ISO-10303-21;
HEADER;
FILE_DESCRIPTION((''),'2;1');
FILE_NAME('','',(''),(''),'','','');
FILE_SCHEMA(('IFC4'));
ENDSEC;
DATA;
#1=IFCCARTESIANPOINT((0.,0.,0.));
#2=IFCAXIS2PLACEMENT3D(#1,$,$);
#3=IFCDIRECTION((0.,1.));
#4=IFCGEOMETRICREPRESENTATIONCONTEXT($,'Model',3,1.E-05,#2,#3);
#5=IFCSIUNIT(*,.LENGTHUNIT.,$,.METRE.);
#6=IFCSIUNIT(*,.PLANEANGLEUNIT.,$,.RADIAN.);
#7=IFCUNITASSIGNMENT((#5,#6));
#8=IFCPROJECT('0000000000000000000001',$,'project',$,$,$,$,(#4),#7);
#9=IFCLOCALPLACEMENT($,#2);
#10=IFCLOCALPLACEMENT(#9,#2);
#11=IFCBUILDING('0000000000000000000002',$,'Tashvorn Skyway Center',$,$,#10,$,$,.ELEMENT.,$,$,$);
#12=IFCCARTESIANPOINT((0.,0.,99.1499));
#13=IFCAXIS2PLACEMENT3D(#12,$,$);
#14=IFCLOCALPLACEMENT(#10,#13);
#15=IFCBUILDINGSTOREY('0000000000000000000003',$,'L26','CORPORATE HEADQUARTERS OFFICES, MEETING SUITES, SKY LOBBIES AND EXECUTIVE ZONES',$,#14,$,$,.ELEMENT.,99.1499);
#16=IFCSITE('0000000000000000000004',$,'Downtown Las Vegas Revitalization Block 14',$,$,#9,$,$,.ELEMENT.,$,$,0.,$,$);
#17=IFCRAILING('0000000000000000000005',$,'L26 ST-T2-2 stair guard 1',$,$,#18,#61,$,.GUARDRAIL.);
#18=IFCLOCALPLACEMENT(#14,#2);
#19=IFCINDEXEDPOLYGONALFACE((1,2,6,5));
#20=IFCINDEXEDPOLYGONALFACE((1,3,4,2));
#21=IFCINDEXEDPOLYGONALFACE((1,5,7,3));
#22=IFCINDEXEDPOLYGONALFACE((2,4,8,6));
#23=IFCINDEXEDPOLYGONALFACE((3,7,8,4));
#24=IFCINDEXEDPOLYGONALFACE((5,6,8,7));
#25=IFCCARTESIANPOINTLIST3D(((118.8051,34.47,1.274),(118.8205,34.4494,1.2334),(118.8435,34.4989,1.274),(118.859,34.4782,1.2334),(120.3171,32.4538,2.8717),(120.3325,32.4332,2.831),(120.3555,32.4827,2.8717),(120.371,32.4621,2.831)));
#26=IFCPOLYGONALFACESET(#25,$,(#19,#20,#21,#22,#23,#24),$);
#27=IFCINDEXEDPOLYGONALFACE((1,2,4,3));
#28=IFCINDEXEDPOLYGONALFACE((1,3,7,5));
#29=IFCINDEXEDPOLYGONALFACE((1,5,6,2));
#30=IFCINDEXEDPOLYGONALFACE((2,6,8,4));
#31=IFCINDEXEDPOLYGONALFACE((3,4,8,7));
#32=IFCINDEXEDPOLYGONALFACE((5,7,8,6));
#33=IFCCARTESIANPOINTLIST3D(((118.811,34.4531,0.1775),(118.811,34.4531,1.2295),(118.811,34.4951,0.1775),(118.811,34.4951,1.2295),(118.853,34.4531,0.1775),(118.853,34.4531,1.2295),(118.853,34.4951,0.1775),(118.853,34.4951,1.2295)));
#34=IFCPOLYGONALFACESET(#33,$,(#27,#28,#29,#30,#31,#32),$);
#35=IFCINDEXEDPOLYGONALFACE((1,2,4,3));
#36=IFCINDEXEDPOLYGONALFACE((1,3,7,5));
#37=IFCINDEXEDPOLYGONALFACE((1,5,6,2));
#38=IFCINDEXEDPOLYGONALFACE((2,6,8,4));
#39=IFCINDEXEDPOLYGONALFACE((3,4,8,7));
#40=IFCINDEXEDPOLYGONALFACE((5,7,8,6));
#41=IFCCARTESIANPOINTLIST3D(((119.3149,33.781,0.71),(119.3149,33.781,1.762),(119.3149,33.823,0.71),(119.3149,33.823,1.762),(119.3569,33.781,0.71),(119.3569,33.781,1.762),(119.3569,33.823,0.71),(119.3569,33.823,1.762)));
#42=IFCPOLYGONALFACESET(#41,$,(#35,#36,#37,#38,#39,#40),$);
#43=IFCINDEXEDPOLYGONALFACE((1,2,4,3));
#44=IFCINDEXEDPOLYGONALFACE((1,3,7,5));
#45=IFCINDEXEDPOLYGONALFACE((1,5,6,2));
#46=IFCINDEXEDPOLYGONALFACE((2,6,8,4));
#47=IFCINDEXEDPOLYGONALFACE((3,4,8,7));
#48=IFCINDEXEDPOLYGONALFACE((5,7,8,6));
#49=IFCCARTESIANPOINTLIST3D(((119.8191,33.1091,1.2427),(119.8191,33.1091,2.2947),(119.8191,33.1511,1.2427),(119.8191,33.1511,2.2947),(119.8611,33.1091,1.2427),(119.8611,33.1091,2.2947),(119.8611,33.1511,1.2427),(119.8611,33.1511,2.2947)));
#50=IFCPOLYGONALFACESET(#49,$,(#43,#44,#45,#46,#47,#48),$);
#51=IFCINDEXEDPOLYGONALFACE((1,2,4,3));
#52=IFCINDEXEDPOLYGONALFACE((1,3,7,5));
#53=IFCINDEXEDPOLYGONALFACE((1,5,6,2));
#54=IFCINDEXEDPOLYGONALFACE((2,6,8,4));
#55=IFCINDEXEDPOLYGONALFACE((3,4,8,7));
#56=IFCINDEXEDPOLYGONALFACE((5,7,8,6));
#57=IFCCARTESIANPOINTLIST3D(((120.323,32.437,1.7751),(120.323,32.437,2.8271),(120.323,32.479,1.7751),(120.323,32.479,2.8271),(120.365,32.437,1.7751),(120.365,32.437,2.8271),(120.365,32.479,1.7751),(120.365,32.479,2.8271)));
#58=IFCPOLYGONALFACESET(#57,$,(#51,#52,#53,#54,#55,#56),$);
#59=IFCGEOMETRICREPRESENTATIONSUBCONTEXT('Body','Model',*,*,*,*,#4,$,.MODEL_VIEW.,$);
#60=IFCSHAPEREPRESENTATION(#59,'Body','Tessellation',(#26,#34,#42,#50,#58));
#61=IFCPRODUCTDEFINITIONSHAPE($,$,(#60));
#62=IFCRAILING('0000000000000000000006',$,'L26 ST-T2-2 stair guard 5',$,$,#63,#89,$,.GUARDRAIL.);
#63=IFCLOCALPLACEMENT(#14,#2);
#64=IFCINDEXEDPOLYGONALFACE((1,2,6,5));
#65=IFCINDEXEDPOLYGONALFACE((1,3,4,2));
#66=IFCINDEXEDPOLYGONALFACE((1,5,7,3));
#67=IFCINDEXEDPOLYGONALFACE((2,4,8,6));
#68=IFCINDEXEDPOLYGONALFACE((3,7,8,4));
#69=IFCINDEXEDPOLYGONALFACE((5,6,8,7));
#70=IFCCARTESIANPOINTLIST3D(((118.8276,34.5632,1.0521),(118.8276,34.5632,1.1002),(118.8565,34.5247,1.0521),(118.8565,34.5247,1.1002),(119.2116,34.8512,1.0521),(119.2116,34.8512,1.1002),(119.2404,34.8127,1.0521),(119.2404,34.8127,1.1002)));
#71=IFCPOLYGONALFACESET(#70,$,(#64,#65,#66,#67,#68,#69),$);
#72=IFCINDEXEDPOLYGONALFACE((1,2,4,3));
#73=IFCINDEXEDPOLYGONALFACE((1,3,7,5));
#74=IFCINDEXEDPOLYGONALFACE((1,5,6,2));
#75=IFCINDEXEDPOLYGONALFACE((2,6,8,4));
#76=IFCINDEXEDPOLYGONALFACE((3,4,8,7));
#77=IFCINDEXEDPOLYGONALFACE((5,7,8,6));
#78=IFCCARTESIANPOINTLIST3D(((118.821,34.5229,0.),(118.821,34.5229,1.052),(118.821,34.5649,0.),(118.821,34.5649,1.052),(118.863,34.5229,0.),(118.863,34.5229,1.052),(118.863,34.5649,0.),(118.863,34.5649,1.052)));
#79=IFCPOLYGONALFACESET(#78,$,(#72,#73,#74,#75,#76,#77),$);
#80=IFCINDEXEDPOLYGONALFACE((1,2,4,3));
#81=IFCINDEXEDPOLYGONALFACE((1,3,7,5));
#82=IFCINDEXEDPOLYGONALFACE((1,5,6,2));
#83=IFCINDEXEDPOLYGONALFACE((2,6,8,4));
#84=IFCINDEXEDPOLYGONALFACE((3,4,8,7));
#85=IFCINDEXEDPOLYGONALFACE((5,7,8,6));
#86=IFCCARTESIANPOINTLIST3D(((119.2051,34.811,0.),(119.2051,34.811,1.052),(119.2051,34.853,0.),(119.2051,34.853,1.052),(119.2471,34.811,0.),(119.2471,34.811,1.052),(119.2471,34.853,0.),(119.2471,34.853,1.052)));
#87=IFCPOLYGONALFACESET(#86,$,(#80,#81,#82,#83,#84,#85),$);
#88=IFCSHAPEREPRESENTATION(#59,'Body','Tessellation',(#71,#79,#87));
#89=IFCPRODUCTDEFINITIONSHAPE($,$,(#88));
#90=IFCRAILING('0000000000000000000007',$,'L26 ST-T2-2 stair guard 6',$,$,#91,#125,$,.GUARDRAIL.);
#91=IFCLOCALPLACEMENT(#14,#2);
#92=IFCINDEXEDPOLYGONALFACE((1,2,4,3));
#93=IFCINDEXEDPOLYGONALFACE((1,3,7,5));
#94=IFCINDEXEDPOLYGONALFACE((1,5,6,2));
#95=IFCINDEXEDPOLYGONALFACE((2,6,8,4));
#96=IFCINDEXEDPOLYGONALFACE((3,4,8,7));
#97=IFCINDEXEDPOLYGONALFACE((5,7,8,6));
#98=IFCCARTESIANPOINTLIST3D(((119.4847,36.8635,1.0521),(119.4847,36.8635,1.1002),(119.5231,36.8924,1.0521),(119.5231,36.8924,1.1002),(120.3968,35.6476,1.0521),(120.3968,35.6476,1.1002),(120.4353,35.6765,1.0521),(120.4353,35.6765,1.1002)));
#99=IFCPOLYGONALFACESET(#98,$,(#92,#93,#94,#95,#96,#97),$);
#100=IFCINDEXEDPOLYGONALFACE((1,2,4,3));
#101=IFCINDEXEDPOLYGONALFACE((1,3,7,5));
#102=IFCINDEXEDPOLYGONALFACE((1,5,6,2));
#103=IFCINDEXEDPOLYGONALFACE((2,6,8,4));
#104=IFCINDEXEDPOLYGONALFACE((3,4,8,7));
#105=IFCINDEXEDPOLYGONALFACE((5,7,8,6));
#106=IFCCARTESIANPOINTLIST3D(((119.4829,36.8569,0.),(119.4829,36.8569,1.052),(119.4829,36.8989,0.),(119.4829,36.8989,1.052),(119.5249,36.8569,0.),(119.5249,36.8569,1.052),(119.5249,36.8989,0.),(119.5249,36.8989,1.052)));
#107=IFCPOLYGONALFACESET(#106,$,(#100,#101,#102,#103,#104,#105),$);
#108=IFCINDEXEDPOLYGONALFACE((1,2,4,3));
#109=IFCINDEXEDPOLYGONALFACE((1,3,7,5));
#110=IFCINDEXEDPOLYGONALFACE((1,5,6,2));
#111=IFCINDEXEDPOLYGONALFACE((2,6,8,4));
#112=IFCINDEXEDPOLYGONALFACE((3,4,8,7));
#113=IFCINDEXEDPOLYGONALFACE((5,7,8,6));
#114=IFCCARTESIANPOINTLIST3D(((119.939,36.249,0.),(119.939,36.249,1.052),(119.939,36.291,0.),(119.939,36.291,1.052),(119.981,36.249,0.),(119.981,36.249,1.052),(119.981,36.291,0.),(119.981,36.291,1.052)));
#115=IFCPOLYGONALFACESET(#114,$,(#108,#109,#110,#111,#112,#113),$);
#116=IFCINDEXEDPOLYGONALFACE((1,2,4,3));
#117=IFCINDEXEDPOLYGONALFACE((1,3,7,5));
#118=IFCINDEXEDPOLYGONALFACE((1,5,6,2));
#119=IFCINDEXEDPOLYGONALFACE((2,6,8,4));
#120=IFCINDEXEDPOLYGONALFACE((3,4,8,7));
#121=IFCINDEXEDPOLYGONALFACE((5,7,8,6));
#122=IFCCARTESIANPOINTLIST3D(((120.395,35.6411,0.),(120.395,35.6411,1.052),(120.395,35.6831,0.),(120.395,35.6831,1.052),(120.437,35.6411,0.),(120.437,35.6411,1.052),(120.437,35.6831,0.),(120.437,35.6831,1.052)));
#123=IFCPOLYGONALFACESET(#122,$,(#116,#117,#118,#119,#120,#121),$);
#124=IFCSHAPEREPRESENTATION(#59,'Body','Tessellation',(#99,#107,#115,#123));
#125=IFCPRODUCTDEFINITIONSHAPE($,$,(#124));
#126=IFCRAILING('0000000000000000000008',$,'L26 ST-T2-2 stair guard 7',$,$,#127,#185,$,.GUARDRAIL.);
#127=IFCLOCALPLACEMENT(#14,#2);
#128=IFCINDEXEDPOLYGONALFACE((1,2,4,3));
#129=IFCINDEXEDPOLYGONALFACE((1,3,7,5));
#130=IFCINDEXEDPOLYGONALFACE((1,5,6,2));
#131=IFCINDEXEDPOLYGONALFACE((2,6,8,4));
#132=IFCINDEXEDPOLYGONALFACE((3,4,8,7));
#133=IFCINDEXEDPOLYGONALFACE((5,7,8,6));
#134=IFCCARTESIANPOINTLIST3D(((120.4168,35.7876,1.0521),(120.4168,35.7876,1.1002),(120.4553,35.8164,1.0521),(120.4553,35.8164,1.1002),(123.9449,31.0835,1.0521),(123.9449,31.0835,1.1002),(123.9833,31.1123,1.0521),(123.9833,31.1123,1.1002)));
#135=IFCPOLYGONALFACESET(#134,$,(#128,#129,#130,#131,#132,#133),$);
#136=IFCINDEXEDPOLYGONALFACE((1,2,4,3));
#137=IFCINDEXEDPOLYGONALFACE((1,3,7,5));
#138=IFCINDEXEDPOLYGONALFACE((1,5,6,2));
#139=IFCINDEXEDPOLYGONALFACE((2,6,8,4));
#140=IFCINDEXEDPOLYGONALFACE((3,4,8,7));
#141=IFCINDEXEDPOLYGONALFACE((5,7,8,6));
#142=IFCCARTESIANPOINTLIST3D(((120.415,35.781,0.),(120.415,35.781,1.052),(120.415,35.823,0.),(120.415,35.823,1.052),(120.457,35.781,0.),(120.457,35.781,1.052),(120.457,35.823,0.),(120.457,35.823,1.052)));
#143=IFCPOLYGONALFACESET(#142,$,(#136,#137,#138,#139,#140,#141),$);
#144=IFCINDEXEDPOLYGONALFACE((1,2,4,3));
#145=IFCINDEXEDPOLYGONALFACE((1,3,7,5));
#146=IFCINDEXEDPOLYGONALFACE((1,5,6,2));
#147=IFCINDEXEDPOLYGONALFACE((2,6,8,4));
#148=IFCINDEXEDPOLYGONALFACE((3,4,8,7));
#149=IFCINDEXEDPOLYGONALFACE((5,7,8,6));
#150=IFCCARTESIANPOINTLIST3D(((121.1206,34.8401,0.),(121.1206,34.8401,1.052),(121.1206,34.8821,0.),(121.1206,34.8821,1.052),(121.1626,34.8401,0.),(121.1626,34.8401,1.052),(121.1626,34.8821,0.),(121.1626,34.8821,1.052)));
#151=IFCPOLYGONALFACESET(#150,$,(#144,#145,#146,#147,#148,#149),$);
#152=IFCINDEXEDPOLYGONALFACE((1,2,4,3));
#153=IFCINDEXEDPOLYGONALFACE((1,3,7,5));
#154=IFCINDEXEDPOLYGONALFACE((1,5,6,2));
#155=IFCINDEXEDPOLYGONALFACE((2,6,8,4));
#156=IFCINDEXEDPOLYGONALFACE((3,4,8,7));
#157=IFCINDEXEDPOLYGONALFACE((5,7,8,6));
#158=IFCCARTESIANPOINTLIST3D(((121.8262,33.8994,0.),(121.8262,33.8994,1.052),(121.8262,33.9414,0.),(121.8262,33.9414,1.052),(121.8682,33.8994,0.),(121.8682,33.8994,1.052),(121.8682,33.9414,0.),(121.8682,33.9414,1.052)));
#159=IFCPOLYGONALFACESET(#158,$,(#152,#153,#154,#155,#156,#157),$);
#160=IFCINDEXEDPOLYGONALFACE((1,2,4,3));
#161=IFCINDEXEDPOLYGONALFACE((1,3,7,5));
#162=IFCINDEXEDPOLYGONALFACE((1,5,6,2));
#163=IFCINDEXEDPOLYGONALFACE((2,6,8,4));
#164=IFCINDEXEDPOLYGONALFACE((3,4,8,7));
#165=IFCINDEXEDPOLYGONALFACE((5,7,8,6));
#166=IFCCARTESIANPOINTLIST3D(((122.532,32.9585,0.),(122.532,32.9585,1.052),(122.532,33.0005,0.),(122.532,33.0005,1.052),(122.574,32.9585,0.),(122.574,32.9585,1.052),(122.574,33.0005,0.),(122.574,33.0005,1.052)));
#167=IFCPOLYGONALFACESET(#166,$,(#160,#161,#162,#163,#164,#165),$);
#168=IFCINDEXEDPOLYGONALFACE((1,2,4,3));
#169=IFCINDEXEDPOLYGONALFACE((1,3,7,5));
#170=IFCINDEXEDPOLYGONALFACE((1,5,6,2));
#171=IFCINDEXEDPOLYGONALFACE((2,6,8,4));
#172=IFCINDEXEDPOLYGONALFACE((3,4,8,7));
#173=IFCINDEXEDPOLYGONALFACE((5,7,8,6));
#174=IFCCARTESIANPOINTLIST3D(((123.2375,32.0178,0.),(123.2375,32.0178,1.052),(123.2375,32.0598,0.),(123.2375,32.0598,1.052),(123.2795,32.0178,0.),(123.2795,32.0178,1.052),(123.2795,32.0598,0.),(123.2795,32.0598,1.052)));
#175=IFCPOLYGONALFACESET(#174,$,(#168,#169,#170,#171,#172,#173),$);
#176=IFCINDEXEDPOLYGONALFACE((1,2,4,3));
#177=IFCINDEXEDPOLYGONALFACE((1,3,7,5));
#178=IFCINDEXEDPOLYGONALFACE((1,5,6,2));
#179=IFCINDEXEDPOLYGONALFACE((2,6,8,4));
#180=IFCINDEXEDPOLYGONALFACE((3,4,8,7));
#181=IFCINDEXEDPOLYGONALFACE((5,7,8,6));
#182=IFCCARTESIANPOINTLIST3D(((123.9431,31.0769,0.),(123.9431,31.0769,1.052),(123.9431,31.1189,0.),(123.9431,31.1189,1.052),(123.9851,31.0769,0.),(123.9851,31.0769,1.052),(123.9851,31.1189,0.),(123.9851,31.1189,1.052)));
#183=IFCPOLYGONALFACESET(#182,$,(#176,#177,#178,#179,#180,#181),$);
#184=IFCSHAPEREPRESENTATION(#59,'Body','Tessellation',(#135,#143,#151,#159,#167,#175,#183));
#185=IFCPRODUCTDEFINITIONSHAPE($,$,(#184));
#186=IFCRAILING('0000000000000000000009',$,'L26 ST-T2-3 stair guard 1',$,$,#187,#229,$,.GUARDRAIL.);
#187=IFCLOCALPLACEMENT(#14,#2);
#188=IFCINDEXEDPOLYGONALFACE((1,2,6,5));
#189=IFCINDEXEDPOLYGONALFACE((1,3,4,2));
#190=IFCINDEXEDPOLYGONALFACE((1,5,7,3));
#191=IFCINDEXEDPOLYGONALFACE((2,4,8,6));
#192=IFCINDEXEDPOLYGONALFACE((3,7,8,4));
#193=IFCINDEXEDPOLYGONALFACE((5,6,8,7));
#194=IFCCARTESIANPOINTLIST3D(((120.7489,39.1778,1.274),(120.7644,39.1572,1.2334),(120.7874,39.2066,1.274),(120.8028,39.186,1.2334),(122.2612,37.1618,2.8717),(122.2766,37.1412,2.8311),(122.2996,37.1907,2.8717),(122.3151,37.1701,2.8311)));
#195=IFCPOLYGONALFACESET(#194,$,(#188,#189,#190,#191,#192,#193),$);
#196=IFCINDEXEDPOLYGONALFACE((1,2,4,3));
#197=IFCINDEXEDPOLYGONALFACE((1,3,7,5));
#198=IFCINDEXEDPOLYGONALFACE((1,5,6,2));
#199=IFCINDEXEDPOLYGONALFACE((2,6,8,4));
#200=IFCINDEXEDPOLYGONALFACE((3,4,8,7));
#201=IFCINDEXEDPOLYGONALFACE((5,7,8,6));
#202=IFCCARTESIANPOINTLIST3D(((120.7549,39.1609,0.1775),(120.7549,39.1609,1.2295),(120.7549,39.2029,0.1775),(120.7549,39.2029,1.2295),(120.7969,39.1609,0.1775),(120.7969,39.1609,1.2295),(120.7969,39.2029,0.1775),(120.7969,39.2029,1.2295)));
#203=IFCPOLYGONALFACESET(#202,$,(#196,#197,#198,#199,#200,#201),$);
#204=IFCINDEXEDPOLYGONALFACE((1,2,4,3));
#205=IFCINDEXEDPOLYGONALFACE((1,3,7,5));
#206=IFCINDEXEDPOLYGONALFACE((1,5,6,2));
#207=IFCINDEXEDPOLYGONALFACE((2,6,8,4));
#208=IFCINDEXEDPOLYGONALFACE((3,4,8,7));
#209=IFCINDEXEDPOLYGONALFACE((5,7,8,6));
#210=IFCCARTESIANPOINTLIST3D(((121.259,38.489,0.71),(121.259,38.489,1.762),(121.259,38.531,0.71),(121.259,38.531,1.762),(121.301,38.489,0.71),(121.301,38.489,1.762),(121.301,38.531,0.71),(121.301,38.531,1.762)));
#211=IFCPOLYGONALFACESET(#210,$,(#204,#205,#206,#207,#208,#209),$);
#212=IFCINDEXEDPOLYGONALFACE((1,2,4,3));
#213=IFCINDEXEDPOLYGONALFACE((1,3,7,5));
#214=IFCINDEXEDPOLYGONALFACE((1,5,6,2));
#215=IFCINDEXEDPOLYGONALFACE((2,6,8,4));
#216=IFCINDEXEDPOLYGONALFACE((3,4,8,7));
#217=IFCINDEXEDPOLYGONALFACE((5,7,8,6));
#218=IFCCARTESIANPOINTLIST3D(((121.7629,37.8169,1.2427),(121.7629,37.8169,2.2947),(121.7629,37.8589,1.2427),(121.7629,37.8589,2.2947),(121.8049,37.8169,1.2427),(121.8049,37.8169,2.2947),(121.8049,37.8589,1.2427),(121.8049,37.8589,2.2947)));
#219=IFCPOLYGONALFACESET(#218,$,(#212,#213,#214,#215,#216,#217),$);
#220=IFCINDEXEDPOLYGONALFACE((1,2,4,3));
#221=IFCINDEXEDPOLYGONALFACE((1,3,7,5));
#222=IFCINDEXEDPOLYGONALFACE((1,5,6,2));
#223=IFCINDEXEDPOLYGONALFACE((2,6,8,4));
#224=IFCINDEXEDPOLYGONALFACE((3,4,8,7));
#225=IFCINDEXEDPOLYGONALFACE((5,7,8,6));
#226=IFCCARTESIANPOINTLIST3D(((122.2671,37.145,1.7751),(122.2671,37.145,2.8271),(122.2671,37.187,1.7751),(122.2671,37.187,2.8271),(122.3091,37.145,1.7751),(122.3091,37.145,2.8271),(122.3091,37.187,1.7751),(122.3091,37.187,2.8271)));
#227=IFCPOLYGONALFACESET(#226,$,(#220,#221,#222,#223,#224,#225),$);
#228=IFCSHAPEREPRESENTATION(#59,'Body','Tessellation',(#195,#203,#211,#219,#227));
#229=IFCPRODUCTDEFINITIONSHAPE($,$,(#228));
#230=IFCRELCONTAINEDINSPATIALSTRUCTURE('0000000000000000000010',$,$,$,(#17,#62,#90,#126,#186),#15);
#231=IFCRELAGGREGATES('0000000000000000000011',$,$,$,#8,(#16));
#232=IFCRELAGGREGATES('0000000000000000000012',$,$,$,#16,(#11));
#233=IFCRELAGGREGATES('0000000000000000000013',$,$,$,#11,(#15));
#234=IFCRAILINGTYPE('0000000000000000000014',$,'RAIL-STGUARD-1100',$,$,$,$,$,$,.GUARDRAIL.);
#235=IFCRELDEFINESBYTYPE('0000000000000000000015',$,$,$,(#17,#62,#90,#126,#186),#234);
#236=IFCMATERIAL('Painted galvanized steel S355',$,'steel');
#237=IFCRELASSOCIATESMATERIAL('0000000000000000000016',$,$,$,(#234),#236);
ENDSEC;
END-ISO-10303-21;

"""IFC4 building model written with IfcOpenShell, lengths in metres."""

from ifc_helpers import new_model, si_unit, direction, frame, origin, origin_2d, place, context, subcontext, project, spatial, rectangle, extrude, material, type_object, element, save


model = new_model("IFC4")

# Units and contexts
model_context = context("Model", 3, precision=1e-05, world=origin(), true_north=direction((0.0, 1.0)))
body_context = subcontext(model_context, "Body", "Model", "MODEL_VIEW")
ifc_project = project(units=[si_unit("LENGTHUNIT", "METRE"), si_unit("PLANEANGLEUNIT", "RADIAN")], contexts=[model_context])

# Site, building, storey
site_placement = place(None, origin())
site = spatial("IfcSite", under=ifc_project, at=site_placement, Name="Downtown Las Vegas Revitalization Block 14", CompositionType="ELEMENT", RefElevation=0.0)
building_placement = place(site_placement, origin())
building = spatial("IfcBuilding", under=site, at=building_placement, Name="Tashvorn Skyway Center", CompositionType="ELEMENT")
storey_placement = place(building_placement, frame((0.0, 0.0, 99.1499)))
storey = spatial("IfcBuildingStorey", under=building, at=storey_placement, Name="L26", Description="CORPORATE HEADQUARTERS OFFICES, MEETING SUITES, SKY LOBBIES AND EXECUTIVE ZONES", CompositionType="ELEMENT", Elevation=99.1499)

# Railings
ifc_material_1 = material(Name="Painted galvanized steel S355", Category="steel")
railing_type_1 = type_object("IfcRailingType", Name="RAIL-STGUARD-1100", PredefinedType="GUARDRAIL", material=ifc_material_1)
railing_1_placement = place(storey_placement, frame((118.832, 34.4741, 0.1775)))
element("IfcRailing", 1, at=railing_1_placement, inside=storey, type_object=railing_type_1, Name="L26 ST-T2-2 stair guard 1", PredefinedType="GUARDRAIL", context=body_context, shape_type="SweptSolid", body=[
    extrude(rectangle(XDim=0.0481, YDim=0.0481, at=origin_2d()), frame((0.0, 0.0, 1.0762), z_axis=(0.506719, -0.675679, 0.535438), x_axis=(0.800023, 0.599969, 0.0)), (0.0, 0.0, 1.0), 2.9839),
    extrude(rectangle(XDim=0.042, YDim=0.042, at=origin_2d()), origin(), (0.0, 0.0, 1.0), 1.052),
    extrude(rectangle(XDim=0.042, YDim=0.042, at=origin_2d()), frame((0.5039, -0.6721, 0.5325)), (0.0, 0.0, 1.0), 1.052),
    extrude(rectangle(XDim=0.042, YDim=0.042, at=origin_2d()), frame((1.0081, -1.344, 1.0652)), (0.0, 0.0, 1.0), 1.052),
    extrude(rectangle(XDim=0.042, YDim=0.042, at=origin_2d()), frame((1.512, -2.0161, 1.5977)), (0.0, 0.0, 1.0), 1.052),
])
railing_2_placement = place(storey_placement, frame((118.842, 34.5439, 0.0)))
element("IfcRailing", 2, at=railing_2_placement, inside=storey, type_object=railing_type_1, Name="L26 ST-T2-2 stair guard 5", PredefinedType="GUARDRAIL", context=body_context, shape_type="SweptSolid", body=[
    extrude(rectangle(XDim=0.0481, YDim=0.0481, at=origin_2d()), frame((0.0, 0.0, 1.0762), z_axis=(0.799939, 0.600081, 0.0), x_axis=(-0.600081, 0.799939, 0.0)), (0.0, 0.0, 1.0), 0.48),
    extrude(rectangle(XDim=0.042, YDim=0.042, at=origin_2d()), origin(), (0.0, 0.0, 1.0), 1.052),
    extrude(rectangle(XDim=0.042, YDim=0.042, at=origin_2d()), frame((0.384, 0.2881, 0.0)), (0.0, 0.0, 1.0), 1.052),
])
railing_3_placement = place(storey_placement, frame((119.5039, 36.8779, 0.0)))
element("IfcRailing", 3, at=railing_3_placement, inside=storey, type_object=railing_type_1, Name="L26 ST-T2-2 stair guard 6", PredefinedType="GUARDRAIL", context=body_context, shape_type="SweptSolid", body=[
    extrude(rectangle(XDim=0.0481, YDim=0.0481, at=origin_2d()), frame((0.0, 0.0, 1.0762), z_axis=(0.600103, -0.799923, 0.0), x_axis=(0.799923, 0.600103, 0.0)), (0.0, 0.0, 1.0), 1.52),
    extrude(rectangle(XDim=0.042, YDim=0.042, at=origin_2d()), origin(), (0.0, 0.0, 1.0), 1.052),
    extrude(rectangle(XDim=0.042, YDim=0.042, at=origin_2d()), frame((0.4561, -0.6079, 0.0)), (0.0, 0.0, 1.0), 1.052),
    extrude(rectangle(XDim=0.042, YDim=0.042, at=origin_2d()), frame((0.9121, -1.2158, 0.0)), (0.0, 0.0, 1.0), 1.052),
])
railing_4_placement = place(storey_placement, frame((120.436, 35.802, 0.0)))
element("IfcRailing", 4, at=railing_4_placement, inside=storey, type_object=railing_type_1, Name="L26 ST-T2-2 stair guard 7", PredefinedType="GUARDRAIL", context=body_context, shape_type="SweptSolid", body=[
    extrude(rectangle(XDim=0.0481, YDim=0.0481, at=origin_2d()), frame((0.0, 0.0, 1.0762), z_axis=(0.6, -0.8, 0.0), x_axis=(0.8, 0.6, 0.0)), (0.0, 0.0, 1.0), 5.8801),
    extrude(rectangle(XDim=0.042, YDim=0.042, at=origin_2d()), origin(), (0.0, 0.0, 1.0), 1.052),
    extrude(rectangle(XDim=0.042, YDim=0.042, at=origin_2d()), frame((0.7056, -0.9409, 0.0)), (0.0, 0.0, 1.0), 1.052),
    extrude(rectangle(XDim=0.042, YDim=0.042, at=origin_2d()), frame((1.4111, -1.8816, 0.0)), (0.0, 0.0, 1.0), 1.052),
    extrude(rectangle(XDim=0.042, YDim=0.042, at=origin_2d()), frame((2.1169, -2.8225, 0.0)), (0.0, 0.0, 1.0), 1.052),
    extrude(rectangle(XDim=0.042, YDim=0.042, at=origin_2d()), frame((2.8225, -3.7632, 0.0)), (0.0, 0.0, 1.0), 1.052),
    extrude(rectangle(XDim=0.042, YDim=0.042, at=origin_2d()), frame((3.5281, -4.7041, 0.0)), (0.0, 0.0, 1.0), 1.052),
])
railing_5_placement = place(storey_placement, frame((120.7759, 39.1819, 0.1775)))
element("IfcRailing", 5, at=railing_5_placement, inside=storey, type_object=railing_type_1, Name="L26 ST-T2-3 stair guard 1", PredefinedType="GUARDRAIL", context=body_context, shape_type="SweptSolid", body=[
    extrude(rectangle(XDim=0.0481, YDim=0.0481, at=origin_2d()), frame((0.0, 0.0, 1.0762), z_axis=(0.506807, -0.675607, 0.535445), x_axis=(0.799942, 0.600078, 0.0)), (0.0, 0.0, 1.0), 2.9839),
    extrude(rectangle(XDim=0.042, YDim=0.042, at=origin_2d()), origin(), (0.0, 0.0, 1.0), 1.052),
    extrude(rectangle(XDim=0.042, YDim=0.042, at=origin_2d()), frame((0.5042, -0.6719, 0.5325)), (0.0, 0.0, 1.0), 1.052),
    extrude(rectangle(XDim=0.042, YDim=0.042, at=origin_2d()), frame((1.0081, -1.344, 1.0652)), (0.0, 0.0, 1.0), 1.052),
    extrude(rectangle(XDim=0.042, YDim=0.042, at=origin_2d()), frame((1.5122, -2.0159, 1.5977)), (0.0, 0.0, 1.0), 1.052),
])

save(model, "model.ifc")
